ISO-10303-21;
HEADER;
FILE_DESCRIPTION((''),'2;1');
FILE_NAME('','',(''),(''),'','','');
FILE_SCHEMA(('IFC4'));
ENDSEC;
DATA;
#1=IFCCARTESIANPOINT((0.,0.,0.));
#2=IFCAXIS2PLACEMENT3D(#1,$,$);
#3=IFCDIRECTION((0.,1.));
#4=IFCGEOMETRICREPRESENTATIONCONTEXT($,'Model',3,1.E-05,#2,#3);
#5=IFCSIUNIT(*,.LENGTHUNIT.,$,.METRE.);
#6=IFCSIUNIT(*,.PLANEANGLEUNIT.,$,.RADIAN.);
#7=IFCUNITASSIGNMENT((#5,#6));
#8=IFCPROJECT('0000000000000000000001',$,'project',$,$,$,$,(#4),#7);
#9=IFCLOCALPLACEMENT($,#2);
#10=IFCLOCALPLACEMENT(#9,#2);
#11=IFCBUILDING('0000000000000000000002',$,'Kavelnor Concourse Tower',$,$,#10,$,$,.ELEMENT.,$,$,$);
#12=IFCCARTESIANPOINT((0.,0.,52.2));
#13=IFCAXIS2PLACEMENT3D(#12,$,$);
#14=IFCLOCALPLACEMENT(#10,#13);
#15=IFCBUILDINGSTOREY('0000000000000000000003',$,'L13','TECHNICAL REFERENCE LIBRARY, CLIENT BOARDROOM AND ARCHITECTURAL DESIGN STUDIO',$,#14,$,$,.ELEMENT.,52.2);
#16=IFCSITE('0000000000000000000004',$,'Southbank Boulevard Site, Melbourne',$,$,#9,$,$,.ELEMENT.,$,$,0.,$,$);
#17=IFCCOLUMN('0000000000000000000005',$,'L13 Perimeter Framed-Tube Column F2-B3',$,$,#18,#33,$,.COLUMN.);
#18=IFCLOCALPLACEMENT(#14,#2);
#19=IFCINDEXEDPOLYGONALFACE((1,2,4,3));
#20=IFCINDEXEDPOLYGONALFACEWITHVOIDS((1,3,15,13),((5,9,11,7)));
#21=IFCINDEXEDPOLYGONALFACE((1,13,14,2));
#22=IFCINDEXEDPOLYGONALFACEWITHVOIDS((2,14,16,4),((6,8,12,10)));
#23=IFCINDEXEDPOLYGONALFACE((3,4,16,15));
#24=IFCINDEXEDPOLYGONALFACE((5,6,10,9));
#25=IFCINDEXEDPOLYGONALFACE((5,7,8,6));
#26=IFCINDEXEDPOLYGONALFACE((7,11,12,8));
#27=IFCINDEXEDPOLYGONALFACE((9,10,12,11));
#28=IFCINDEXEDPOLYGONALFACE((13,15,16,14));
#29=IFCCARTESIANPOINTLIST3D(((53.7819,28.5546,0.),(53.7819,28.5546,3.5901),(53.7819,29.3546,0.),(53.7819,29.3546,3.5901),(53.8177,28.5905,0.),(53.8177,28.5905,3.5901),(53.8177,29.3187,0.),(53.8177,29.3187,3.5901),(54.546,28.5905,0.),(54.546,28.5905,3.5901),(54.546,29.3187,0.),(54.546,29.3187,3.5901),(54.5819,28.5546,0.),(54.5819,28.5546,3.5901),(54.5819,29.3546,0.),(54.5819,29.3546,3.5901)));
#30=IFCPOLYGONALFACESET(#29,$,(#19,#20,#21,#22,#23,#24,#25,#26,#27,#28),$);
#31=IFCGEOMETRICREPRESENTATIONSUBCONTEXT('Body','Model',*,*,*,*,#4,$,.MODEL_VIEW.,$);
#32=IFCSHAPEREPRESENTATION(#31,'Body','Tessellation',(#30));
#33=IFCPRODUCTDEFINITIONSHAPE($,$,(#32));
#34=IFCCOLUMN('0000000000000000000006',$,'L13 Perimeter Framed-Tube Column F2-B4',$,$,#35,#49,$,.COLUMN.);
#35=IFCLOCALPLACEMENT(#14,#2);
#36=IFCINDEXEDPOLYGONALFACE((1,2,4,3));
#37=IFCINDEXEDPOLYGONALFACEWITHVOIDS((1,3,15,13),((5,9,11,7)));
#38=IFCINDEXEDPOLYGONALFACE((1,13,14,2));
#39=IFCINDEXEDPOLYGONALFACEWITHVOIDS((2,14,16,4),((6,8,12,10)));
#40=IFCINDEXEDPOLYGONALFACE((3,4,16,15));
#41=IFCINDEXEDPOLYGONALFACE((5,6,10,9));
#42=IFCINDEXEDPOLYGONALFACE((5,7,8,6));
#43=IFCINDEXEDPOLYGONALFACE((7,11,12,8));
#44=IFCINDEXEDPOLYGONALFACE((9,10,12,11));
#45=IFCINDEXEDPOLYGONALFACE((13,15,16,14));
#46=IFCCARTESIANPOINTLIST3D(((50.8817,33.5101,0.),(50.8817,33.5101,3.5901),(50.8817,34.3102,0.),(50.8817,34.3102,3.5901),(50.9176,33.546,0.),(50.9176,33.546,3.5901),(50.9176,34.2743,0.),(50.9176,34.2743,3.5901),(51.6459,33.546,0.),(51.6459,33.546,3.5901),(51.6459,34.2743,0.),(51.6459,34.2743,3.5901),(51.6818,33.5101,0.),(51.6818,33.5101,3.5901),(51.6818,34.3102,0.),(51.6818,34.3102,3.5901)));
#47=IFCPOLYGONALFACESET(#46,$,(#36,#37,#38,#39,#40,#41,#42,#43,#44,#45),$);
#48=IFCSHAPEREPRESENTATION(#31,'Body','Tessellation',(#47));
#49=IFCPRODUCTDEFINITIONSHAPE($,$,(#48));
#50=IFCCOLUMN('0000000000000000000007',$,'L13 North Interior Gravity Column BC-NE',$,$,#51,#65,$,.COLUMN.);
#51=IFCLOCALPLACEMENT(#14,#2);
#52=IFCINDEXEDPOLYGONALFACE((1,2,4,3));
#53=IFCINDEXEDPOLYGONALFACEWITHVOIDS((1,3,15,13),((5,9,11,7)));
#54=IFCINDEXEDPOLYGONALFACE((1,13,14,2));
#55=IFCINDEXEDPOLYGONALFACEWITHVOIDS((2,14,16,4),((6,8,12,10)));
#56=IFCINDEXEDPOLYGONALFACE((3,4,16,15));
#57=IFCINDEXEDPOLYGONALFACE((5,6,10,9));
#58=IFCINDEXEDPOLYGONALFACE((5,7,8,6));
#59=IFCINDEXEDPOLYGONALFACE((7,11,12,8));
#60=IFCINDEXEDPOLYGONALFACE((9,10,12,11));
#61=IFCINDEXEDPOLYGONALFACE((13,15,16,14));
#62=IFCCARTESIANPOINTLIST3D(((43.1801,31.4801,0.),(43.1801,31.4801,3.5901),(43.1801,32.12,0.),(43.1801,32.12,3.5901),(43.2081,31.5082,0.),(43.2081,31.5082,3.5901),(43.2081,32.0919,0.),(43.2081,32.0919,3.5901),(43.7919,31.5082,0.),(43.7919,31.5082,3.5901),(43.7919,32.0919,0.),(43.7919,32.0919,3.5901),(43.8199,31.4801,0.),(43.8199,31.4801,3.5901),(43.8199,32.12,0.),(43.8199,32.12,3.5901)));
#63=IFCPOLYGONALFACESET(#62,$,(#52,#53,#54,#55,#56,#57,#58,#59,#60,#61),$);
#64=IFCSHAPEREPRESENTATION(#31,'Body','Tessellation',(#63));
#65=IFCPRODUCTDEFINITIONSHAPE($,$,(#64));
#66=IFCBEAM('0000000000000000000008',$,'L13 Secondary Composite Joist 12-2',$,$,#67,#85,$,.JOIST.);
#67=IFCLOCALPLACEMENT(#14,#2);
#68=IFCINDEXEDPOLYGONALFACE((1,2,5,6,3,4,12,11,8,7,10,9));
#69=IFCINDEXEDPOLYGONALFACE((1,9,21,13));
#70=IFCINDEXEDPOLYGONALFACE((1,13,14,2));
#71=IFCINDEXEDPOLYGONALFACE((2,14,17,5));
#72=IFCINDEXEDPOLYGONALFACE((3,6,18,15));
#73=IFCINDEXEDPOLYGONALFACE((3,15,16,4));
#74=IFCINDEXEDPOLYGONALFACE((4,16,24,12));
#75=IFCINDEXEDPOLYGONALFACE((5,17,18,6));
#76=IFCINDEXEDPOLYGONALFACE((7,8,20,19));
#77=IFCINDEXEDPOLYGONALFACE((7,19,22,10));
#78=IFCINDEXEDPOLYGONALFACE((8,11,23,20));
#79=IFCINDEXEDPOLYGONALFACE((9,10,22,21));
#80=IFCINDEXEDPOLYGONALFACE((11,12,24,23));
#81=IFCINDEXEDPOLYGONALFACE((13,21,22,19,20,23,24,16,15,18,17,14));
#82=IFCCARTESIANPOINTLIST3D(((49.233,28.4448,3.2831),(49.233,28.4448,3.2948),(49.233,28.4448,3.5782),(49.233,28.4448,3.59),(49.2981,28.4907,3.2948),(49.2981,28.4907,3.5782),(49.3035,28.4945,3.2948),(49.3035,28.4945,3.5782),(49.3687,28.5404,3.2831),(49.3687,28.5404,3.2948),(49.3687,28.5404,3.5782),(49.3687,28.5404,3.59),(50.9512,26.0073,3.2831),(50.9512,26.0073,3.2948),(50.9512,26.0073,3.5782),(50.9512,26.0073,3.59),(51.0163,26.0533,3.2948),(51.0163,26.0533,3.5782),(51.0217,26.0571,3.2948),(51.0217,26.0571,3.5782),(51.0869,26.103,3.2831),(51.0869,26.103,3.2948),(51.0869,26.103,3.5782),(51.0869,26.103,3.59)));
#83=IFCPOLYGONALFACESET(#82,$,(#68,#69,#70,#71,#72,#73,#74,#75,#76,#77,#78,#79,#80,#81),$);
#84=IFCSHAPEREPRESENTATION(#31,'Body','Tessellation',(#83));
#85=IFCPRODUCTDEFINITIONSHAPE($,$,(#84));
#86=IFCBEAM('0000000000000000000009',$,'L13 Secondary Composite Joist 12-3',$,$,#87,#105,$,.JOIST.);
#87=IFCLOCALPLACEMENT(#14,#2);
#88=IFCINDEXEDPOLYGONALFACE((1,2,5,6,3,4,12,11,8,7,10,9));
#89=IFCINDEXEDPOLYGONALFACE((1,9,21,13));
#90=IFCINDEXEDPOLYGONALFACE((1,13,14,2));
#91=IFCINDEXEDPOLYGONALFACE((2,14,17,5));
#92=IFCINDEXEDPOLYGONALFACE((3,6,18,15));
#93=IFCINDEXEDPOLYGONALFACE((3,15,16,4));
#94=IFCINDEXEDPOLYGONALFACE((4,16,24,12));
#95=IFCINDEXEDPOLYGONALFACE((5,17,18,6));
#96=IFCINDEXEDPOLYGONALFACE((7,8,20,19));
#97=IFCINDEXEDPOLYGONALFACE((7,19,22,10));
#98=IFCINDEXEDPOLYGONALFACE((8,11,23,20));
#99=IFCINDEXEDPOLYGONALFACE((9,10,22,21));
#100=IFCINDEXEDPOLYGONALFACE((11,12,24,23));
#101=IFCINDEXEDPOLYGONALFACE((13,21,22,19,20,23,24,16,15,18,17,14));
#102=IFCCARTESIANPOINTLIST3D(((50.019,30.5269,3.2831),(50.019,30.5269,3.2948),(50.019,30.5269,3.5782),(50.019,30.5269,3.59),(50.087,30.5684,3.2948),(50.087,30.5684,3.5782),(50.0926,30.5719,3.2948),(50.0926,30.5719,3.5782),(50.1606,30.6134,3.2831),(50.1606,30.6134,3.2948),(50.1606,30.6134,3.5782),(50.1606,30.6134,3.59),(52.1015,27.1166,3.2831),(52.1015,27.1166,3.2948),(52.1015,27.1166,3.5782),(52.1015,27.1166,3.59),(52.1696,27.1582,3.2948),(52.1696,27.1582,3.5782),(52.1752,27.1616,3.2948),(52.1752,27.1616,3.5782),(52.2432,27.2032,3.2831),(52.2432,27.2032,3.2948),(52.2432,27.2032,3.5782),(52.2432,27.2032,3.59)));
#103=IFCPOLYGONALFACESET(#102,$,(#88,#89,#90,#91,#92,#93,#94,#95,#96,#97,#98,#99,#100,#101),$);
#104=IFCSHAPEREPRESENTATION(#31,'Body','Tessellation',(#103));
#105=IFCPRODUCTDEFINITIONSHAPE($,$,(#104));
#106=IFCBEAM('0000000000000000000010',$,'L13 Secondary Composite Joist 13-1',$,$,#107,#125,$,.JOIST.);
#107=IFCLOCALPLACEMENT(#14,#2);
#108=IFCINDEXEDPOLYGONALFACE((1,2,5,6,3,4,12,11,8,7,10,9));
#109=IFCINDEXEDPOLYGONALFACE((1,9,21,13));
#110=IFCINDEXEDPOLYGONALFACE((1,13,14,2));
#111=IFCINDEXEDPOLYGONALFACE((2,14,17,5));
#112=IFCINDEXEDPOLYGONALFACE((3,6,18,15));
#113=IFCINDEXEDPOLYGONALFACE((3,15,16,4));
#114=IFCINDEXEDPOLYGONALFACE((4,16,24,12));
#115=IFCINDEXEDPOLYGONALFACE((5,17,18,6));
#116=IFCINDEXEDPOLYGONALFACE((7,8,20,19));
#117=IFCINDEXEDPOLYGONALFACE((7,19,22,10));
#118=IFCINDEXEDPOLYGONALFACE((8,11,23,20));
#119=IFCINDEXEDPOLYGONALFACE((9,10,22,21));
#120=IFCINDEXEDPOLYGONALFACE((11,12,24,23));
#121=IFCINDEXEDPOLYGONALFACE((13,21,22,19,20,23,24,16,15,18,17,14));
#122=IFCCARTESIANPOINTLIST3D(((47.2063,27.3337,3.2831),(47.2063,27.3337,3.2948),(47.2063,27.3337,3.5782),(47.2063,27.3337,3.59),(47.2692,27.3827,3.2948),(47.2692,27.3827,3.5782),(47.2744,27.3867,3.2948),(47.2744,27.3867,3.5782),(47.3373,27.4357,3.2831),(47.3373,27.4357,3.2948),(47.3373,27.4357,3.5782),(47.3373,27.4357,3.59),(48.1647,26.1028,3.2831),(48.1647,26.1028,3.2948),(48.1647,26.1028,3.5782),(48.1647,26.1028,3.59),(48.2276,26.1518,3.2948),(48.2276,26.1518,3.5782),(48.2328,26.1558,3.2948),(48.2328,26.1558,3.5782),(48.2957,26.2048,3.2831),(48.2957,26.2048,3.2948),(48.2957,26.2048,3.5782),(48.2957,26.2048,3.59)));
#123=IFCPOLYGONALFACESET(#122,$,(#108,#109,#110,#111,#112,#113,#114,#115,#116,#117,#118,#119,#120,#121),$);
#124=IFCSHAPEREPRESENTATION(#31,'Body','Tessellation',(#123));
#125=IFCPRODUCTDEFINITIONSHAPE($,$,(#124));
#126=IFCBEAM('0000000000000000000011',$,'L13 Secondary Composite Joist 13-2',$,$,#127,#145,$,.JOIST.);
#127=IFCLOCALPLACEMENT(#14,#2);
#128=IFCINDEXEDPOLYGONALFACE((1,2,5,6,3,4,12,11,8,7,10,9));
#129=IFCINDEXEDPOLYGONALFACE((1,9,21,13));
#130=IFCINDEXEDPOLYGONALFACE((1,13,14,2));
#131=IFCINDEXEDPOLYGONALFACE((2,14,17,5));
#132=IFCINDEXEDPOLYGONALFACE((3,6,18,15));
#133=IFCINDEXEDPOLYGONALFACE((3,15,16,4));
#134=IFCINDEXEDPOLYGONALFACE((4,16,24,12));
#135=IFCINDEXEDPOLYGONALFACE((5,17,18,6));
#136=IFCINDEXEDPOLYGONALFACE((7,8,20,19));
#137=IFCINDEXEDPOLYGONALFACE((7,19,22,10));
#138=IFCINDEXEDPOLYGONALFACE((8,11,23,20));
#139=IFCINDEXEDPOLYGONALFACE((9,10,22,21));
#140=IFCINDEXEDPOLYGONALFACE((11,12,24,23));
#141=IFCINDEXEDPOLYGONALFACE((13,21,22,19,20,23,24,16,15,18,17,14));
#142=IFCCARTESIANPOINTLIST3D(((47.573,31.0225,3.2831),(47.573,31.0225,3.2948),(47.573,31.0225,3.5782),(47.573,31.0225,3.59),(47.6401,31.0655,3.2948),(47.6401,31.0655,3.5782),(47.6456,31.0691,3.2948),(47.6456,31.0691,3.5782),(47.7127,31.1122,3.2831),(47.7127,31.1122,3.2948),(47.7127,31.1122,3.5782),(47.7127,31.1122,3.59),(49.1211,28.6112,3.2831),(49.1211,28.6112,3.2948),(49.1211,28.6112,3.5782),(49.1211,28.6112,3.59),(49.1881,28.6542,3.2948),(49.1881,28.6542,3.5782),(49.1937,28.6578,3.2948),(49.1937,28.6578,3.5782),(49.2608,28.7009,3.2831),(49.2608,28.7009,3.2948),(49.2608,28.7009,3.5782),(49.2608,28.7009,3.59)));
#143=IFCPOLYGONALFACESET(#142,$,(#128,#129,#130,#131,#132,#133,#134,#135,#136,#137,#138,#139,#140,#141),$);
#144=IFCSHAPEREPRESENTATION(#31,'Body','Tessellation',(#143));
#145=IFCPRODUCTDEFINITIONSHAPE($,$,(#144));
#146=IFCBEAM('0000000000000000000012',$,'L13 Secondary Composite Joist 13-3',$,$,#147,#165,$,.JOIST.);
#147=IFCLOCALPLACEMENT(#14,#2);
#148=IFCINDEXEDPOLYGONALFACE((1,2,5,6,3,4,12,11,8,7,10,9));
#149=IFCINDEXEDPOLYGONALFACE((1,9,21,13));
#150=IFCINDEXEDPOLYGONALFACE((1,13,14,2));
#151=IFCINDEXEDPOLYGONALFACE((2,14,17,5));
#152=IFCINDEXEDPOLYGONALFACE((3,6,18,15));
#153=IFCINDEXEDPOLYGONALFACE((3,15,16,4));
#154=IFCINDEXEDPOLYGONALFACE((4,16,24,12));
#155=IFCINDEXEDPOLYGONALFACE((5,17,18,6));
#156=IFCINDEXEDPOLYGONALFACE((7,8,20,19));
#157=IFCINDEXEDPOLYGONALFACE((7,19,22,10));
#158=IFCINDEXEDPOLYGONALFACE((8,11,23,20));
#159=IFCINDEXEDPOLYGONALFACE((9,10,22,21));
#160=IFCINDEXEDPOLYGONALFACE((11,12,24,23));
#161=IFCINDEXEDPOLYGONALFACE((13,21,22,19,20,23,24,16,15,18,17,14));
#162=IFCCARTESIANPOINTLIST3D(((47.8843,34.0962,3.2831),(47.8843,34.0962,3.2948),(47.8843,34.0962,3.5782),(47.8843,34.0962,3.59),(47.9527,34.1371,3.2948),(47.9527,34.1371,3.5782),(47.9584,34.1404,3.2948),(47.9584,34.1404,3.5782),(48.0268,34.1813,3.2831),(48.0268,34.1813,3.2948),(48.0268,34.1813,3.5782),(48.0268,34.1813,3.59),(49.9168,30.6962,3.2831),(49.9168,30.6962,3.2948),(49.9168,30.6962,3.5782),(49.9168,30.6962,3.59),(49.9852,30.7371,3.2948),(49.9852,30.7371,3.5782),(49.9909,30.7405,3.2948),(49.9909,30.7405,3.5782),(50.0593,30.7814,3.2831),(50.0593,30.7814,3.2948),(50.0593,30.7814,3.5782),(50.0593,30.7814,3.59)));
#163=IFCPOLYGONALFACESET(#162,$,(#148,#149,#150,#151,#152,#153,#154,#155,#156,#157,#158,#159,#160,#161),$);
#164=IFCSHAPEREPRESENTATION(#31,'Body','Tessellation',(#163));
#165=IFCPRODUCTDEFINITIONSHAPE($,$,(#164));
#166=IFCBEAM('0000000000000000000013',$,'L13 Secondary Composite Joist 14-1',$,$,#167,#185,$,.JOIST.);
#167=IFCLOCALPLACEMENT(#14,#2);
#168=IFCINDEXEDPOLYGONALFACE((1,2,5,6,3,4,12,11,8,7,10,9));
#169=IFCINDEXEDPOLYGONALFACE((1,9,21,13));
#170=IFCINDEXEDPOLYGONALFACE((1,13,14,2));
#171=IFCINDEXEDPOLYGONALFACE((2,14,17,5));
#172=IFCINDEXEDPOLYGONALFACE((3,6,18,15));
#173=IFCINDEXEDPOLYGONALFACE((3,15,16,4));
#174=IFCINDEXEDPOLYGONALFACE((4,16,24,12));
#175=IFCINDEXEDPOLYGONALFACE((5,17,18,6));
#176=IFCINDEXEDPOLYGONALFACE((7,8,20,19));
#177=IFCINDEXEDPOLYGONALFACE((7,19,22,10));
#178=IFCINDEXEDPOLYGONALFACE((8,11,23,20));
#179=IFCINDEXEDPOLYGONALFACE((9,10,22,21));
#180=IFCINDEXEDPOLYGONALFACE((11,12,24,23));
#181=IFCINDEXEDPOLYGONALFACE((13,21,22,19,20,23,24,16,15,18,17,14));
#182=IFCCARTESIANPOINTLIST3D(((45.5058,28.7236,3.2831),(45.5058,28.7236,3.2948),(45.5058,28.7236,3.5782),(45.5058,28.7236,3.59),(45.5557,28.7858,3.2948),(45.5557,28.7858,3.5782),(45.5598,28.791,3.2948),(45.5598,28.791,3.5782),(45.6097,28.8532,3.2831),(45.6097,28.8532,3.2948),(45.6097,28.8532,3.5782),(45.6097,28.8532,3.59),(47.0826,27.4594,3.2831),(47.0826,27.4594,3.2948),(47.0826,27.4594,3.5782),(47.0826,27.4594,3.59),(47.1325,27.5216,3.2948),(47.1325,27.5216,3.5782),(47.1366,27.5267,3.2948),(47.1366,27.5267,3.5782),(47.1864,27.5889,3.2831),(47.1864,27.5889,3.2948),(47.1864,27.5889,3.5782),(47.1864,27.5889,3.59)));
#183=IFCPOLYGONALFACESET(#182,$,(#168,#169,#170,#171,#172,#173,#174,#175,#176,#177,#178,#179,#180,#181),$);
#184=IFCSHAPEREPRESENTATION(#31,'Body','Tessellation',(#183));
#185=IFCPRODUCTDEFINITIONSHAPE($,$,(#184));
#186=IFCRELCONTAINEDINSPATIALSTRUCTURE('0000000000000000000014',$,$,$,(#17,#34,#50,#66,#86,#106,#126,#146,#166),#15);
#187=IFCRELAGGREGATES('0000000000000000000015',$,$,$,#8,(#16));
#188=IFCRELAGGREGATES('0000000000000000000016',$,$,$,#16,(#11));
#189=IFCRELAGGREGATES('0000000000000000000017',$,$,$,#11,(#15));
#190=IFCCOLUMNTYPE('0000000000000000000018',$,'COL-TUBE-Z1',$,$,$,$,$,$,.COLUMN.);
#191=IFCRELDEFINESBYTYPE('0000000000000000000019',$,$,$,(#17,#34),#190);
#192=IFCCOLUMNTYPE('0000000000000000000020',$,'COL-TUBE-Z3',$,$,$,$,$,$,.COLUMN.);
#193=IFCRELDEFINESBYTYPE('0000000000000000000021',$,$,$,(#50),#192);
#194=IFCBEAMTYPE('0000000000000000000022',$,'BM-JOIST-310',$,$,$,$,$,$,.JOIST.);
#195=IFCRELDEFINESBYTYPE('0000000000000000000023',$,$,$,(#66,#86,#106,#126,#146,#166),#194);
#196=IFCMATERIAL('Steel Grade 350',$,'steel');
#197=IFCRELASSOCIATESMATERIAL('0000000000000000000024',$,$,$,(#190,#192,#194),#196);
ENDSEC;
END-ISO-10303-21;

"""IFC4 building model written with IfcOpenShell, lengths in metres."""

from ifc_helpers import new_model, si_unit, direction, frame, origin, origin_2d, place, context, subcontext, project, spatial, hollow_rectangle, i_section, extrude, material, material_profile, profile_set, type_object, element, save


model = new_model("IFC4")

# Units and contexts
model_context = context("Model", 3, precision=1e-05, world=origin(), true_north=direction((0.0, 1.0)))
body_context = subcontext(model_context, "Body", "Model", "MODEL_VIEW")
ifc_project = project(units=[si_unit("LENGTHUNIT", "METRE"), si_unit("PLANEANGLEUNIT", "RADIAN")], contexts=[model_context])

# Site, building, storey
site_placement = place(None, origin())
site = spatial("IfcSite", under=ifc_project, at=site_placement, Name="Southbank Boulevard Site, Melbourne", CompositionType="ELEMENT", RefElevation=0.0)
building_placement = place(site_placement, origin())
building = spatial("IfcBuilding", under=site, at=building_placement, Name="Kavelnor Concourse Tower", CompositionType="ELEMENT")
storey_placement = place(building_placement, frame((0.0, 0.0, 52.2)))
storey = spatial("IfcBuildingStorey", under=building, at=storey_placement, Name="L13", Description="TECHNICAL REFERENCE LIBRARY, CLIENT BOARDROOM AND ARCHITECTURAL DESIGN STUDIO", CompositionType="ELEMENT", Elevation=52.2)

# Columns
ifc_material = material(Name="Steel Grade 350", Category="steel")
ifc_material_profile_1 = material_profile(ifc_material, hollow_rectangle(XDim=0.8, YDim=0.8, WallThickness=0.0359, at=origin_2d()), Name="SHS 800x800x36")
ifc_profile_set_1 = profile_set([ifc_material_profile_1], Name="Steel Grade 350")
column_type_1 = type_object("IfcColumnType", Name="COL-TUBE-Z1", PredefinedType="COLUMN", material=ifc_profile_set_1)
for number, where, z_axis, x_axis, name in (
    (1, (54.1819, 28.9546, 0.0), (0.0, 0.0, 1.0), (1.0, 0.0, 0.0), "L13 Perimeter Framed-Tube Column F2-B3"),
    (2, (51.2817, 33.9102, 0.0), (0.0, 0.0, 1.0), (1.0, 0.0, 0.0), "L13 Perimeter Framed-Tube Column F2-B4"),
):
    element("IfcColumn", number, at=place(storey_placement, frame(where, z_axis=z_axis, x_axis=x_axis)), inside=storey, type_object=column_type_1, Name=name, PredefinedType="COLUMN", context=body_context, shape_type="SweptSolid", body=[
        extrude(hollow_rectangle(XDim=0.8, YDim=0.8, WallThickness=0.0359, at=origin_2d()), origin(), (0.0, 0.0, 1.0), 3.5901),
    ])
ifc_material_profile_2 = material_profile(ifc_material, hollow_rectangle(XDim=0.6399, YDim=0.6399, WallThickness=0.0281, at=origin_2d()), Name="SHS 640x640x28")
ifc_profile_set_2 = profile_set([ifc_material_profile_2], Name="Steel Grade 350")
column_type_2 = type_object("IfcColumnType", Name="COL-TUBE-Z3", PredefinedType="COLUMN", material=ifc_profile_set_2)
column_placement = place(storey_placement, frame((43.5, 31.8, 0.0), z_axis=(0.0, 0.0, 1.0), x_axis=(1.0, 0.0, 0.0)))
element("IfcColumn", 3, at=column_placement, inside=storey, type_object=column_type_2, Name="L13 North Interior Gravity Column BC-NE", PredefinedType="COLUMN", context=body_context, shape_type="SweptSolid", body=[
    extrude(hollow_rectangle(XDim=0.6399, YDim=0.6399, WallThickness=0.0281, at=origin_2d()), origin(), (0.0, 0.0, 1.0), 3.5901),
])

# Beams
ifc_material_profile_3 = material_profile(ifc_material, i_section(OverallWidth=0.166, OverallDepth=0.3069, WebThickness=0.0066, FlangeThickness=0.0117, at=origin_2d()), Name="310UB46")
ifc_profile_set_3 = profile_set([ifc_material_profile_3], Name="Steel Grade 350")
beam_type_1 = type_object("IfcBeamType", Name="BM-JOIST-310", PredefinedType="JOIST", material=ifc_profile_set_3)
beam_1_placement = place(storey_placement, frame((51.019, 26.0552, 3.4365), z_axis=(-0.576162, 0.817335, 0.0), x_axis=(-0.817335, -0.576162, 0.0)))
element("IfcBeam", 4, at=beam_1_placement, inside=storey, type_object=beam_type_1, Name="L13 Secondary Composite Joist 12-2", PredefinedType="JOIST", context=body_context, shape_type="SweptSolid", body=[
    extrude(i_section(OverallWidth=0.166, OverallDepth=0.3069, WebThickness=0.0066, FlangeThickness=0.0117, at=origin_2d()), origin(), (0.0, 0.0, 1.0), 2.9822),
])
beam_2_placement = place(storey_placement, frame((52.1724, 27.1599, 3.4365), z_axis=(-0.521183, 0.853445, 0.0), x_axis=(-0.853445, -0.521183, 0.0)))
element("IfcBeam", 5, at=beam_2_placement, inside=storey, type_object=beam_type_1, Name="L13 Secondary Composite Joist 12-3", PredefinedType="JOIST", context=body_context, shape_type="SweptSolid", body=[
    extrude(i_section(OverallWidth=0.166, OverallDepth=0.3069, WebThickness=0.0066, FlangeThickness=0.0117, at=origin_2d()), origin(), (0.0, 0.0, 1.0), 3.9958),
])
beam_3_placement = place(storey_placement, frame((48.2302, 26.1538, 3.4365), z_axis=(-0.614374, 0.789015, 0.0), x_axis=(-0.789015, -0.614374, 0.0)))
element("IfcBeam", 6, at=beam_3_placement, inside=storey, type_object=beam_type_1, Name="L13 Secondary Composite Joist 13-1", PredefinedType="JOIST", context=body_context, shape_type="SweptSolid", body=[
    extrude(i_section(OverallWidth=0.166, OverallDepth=0.3069, WebThickness=0.0066, FlangeThickness=0.0117, at=origin_2d()), origin(), (0.0, 0.0, 1.0), 1.5601),
])
beam_4_placement = place(storey_placement, frame((49.1909, 28.656, 3.4365), z_axis=(-0.540245, 0.841508, 0.0), x_axis=(-0.841508, -0.540245, 0.0)))
element("IfcBeam", 7, at=beam_4_placement, inside=storey, type_object=beam_type_1, Name="L13 Secondary Composite Joist 13-2", PredefinedType="JOIST", context=body_context, shape_type="SweptSolid", body=[
    extrude(i_section(OverallWidth=0.166, OverallDepth=0.3069, WebThickness=0.0066, FlangeThickness=0.0117, at=origin_2d()), origin(), (0.0, 0.0, 1.0), 2.8655),
])
beam_5_placement = place(storey_placement, frame((49.988, 30.7388, 3.4365), z_axis=(-0.513108, 0.858324, 0.0), x_axis=(-0.858324, -0.513108, 0.0)))
element("IfcBeam", 8, at=beam_5_placement, inside=storey, type_object=beam_type_1, Name="L13 Secondary Composite Joist 13-3", PredefinedType="JOIST", context=body_context, shape_type="SweptSolid", body=[
    extrude(i_section(OverallWidth=0.166, OverallDepth=0.3069, WebThickness=0.0066, FlangeThickness=0.0117, at=origin_2d()), origin(), (0.0, 0.0, 1.0), 3.9612),
])
beam_6_placement = place(storey_placement, frame((47.1345, 27.5242, 3.4365), z_axis=(-0.780185, 0.625549, 0.0), x_axis=(-0.625549, -0.780185, 0.0)))
element("IfcBeam", 9, at=beam_6_placement, inside=storey, type_object=beam_type_1, Name="L13 Secondary Composite Joist 14-1", PredefinedType="JOIST", context=body_context, shape_type="SweptSolid", body=[
    extrude(i_section(OverallWidth=0.166, OverallDepth=0.3069, WebThickness=0.0066, FlangeThickness=0.0117, at=origin_2d()), origin(), (0.0, 0.0, 1.0), 2.021),
])

save(model, "model.ifc")
